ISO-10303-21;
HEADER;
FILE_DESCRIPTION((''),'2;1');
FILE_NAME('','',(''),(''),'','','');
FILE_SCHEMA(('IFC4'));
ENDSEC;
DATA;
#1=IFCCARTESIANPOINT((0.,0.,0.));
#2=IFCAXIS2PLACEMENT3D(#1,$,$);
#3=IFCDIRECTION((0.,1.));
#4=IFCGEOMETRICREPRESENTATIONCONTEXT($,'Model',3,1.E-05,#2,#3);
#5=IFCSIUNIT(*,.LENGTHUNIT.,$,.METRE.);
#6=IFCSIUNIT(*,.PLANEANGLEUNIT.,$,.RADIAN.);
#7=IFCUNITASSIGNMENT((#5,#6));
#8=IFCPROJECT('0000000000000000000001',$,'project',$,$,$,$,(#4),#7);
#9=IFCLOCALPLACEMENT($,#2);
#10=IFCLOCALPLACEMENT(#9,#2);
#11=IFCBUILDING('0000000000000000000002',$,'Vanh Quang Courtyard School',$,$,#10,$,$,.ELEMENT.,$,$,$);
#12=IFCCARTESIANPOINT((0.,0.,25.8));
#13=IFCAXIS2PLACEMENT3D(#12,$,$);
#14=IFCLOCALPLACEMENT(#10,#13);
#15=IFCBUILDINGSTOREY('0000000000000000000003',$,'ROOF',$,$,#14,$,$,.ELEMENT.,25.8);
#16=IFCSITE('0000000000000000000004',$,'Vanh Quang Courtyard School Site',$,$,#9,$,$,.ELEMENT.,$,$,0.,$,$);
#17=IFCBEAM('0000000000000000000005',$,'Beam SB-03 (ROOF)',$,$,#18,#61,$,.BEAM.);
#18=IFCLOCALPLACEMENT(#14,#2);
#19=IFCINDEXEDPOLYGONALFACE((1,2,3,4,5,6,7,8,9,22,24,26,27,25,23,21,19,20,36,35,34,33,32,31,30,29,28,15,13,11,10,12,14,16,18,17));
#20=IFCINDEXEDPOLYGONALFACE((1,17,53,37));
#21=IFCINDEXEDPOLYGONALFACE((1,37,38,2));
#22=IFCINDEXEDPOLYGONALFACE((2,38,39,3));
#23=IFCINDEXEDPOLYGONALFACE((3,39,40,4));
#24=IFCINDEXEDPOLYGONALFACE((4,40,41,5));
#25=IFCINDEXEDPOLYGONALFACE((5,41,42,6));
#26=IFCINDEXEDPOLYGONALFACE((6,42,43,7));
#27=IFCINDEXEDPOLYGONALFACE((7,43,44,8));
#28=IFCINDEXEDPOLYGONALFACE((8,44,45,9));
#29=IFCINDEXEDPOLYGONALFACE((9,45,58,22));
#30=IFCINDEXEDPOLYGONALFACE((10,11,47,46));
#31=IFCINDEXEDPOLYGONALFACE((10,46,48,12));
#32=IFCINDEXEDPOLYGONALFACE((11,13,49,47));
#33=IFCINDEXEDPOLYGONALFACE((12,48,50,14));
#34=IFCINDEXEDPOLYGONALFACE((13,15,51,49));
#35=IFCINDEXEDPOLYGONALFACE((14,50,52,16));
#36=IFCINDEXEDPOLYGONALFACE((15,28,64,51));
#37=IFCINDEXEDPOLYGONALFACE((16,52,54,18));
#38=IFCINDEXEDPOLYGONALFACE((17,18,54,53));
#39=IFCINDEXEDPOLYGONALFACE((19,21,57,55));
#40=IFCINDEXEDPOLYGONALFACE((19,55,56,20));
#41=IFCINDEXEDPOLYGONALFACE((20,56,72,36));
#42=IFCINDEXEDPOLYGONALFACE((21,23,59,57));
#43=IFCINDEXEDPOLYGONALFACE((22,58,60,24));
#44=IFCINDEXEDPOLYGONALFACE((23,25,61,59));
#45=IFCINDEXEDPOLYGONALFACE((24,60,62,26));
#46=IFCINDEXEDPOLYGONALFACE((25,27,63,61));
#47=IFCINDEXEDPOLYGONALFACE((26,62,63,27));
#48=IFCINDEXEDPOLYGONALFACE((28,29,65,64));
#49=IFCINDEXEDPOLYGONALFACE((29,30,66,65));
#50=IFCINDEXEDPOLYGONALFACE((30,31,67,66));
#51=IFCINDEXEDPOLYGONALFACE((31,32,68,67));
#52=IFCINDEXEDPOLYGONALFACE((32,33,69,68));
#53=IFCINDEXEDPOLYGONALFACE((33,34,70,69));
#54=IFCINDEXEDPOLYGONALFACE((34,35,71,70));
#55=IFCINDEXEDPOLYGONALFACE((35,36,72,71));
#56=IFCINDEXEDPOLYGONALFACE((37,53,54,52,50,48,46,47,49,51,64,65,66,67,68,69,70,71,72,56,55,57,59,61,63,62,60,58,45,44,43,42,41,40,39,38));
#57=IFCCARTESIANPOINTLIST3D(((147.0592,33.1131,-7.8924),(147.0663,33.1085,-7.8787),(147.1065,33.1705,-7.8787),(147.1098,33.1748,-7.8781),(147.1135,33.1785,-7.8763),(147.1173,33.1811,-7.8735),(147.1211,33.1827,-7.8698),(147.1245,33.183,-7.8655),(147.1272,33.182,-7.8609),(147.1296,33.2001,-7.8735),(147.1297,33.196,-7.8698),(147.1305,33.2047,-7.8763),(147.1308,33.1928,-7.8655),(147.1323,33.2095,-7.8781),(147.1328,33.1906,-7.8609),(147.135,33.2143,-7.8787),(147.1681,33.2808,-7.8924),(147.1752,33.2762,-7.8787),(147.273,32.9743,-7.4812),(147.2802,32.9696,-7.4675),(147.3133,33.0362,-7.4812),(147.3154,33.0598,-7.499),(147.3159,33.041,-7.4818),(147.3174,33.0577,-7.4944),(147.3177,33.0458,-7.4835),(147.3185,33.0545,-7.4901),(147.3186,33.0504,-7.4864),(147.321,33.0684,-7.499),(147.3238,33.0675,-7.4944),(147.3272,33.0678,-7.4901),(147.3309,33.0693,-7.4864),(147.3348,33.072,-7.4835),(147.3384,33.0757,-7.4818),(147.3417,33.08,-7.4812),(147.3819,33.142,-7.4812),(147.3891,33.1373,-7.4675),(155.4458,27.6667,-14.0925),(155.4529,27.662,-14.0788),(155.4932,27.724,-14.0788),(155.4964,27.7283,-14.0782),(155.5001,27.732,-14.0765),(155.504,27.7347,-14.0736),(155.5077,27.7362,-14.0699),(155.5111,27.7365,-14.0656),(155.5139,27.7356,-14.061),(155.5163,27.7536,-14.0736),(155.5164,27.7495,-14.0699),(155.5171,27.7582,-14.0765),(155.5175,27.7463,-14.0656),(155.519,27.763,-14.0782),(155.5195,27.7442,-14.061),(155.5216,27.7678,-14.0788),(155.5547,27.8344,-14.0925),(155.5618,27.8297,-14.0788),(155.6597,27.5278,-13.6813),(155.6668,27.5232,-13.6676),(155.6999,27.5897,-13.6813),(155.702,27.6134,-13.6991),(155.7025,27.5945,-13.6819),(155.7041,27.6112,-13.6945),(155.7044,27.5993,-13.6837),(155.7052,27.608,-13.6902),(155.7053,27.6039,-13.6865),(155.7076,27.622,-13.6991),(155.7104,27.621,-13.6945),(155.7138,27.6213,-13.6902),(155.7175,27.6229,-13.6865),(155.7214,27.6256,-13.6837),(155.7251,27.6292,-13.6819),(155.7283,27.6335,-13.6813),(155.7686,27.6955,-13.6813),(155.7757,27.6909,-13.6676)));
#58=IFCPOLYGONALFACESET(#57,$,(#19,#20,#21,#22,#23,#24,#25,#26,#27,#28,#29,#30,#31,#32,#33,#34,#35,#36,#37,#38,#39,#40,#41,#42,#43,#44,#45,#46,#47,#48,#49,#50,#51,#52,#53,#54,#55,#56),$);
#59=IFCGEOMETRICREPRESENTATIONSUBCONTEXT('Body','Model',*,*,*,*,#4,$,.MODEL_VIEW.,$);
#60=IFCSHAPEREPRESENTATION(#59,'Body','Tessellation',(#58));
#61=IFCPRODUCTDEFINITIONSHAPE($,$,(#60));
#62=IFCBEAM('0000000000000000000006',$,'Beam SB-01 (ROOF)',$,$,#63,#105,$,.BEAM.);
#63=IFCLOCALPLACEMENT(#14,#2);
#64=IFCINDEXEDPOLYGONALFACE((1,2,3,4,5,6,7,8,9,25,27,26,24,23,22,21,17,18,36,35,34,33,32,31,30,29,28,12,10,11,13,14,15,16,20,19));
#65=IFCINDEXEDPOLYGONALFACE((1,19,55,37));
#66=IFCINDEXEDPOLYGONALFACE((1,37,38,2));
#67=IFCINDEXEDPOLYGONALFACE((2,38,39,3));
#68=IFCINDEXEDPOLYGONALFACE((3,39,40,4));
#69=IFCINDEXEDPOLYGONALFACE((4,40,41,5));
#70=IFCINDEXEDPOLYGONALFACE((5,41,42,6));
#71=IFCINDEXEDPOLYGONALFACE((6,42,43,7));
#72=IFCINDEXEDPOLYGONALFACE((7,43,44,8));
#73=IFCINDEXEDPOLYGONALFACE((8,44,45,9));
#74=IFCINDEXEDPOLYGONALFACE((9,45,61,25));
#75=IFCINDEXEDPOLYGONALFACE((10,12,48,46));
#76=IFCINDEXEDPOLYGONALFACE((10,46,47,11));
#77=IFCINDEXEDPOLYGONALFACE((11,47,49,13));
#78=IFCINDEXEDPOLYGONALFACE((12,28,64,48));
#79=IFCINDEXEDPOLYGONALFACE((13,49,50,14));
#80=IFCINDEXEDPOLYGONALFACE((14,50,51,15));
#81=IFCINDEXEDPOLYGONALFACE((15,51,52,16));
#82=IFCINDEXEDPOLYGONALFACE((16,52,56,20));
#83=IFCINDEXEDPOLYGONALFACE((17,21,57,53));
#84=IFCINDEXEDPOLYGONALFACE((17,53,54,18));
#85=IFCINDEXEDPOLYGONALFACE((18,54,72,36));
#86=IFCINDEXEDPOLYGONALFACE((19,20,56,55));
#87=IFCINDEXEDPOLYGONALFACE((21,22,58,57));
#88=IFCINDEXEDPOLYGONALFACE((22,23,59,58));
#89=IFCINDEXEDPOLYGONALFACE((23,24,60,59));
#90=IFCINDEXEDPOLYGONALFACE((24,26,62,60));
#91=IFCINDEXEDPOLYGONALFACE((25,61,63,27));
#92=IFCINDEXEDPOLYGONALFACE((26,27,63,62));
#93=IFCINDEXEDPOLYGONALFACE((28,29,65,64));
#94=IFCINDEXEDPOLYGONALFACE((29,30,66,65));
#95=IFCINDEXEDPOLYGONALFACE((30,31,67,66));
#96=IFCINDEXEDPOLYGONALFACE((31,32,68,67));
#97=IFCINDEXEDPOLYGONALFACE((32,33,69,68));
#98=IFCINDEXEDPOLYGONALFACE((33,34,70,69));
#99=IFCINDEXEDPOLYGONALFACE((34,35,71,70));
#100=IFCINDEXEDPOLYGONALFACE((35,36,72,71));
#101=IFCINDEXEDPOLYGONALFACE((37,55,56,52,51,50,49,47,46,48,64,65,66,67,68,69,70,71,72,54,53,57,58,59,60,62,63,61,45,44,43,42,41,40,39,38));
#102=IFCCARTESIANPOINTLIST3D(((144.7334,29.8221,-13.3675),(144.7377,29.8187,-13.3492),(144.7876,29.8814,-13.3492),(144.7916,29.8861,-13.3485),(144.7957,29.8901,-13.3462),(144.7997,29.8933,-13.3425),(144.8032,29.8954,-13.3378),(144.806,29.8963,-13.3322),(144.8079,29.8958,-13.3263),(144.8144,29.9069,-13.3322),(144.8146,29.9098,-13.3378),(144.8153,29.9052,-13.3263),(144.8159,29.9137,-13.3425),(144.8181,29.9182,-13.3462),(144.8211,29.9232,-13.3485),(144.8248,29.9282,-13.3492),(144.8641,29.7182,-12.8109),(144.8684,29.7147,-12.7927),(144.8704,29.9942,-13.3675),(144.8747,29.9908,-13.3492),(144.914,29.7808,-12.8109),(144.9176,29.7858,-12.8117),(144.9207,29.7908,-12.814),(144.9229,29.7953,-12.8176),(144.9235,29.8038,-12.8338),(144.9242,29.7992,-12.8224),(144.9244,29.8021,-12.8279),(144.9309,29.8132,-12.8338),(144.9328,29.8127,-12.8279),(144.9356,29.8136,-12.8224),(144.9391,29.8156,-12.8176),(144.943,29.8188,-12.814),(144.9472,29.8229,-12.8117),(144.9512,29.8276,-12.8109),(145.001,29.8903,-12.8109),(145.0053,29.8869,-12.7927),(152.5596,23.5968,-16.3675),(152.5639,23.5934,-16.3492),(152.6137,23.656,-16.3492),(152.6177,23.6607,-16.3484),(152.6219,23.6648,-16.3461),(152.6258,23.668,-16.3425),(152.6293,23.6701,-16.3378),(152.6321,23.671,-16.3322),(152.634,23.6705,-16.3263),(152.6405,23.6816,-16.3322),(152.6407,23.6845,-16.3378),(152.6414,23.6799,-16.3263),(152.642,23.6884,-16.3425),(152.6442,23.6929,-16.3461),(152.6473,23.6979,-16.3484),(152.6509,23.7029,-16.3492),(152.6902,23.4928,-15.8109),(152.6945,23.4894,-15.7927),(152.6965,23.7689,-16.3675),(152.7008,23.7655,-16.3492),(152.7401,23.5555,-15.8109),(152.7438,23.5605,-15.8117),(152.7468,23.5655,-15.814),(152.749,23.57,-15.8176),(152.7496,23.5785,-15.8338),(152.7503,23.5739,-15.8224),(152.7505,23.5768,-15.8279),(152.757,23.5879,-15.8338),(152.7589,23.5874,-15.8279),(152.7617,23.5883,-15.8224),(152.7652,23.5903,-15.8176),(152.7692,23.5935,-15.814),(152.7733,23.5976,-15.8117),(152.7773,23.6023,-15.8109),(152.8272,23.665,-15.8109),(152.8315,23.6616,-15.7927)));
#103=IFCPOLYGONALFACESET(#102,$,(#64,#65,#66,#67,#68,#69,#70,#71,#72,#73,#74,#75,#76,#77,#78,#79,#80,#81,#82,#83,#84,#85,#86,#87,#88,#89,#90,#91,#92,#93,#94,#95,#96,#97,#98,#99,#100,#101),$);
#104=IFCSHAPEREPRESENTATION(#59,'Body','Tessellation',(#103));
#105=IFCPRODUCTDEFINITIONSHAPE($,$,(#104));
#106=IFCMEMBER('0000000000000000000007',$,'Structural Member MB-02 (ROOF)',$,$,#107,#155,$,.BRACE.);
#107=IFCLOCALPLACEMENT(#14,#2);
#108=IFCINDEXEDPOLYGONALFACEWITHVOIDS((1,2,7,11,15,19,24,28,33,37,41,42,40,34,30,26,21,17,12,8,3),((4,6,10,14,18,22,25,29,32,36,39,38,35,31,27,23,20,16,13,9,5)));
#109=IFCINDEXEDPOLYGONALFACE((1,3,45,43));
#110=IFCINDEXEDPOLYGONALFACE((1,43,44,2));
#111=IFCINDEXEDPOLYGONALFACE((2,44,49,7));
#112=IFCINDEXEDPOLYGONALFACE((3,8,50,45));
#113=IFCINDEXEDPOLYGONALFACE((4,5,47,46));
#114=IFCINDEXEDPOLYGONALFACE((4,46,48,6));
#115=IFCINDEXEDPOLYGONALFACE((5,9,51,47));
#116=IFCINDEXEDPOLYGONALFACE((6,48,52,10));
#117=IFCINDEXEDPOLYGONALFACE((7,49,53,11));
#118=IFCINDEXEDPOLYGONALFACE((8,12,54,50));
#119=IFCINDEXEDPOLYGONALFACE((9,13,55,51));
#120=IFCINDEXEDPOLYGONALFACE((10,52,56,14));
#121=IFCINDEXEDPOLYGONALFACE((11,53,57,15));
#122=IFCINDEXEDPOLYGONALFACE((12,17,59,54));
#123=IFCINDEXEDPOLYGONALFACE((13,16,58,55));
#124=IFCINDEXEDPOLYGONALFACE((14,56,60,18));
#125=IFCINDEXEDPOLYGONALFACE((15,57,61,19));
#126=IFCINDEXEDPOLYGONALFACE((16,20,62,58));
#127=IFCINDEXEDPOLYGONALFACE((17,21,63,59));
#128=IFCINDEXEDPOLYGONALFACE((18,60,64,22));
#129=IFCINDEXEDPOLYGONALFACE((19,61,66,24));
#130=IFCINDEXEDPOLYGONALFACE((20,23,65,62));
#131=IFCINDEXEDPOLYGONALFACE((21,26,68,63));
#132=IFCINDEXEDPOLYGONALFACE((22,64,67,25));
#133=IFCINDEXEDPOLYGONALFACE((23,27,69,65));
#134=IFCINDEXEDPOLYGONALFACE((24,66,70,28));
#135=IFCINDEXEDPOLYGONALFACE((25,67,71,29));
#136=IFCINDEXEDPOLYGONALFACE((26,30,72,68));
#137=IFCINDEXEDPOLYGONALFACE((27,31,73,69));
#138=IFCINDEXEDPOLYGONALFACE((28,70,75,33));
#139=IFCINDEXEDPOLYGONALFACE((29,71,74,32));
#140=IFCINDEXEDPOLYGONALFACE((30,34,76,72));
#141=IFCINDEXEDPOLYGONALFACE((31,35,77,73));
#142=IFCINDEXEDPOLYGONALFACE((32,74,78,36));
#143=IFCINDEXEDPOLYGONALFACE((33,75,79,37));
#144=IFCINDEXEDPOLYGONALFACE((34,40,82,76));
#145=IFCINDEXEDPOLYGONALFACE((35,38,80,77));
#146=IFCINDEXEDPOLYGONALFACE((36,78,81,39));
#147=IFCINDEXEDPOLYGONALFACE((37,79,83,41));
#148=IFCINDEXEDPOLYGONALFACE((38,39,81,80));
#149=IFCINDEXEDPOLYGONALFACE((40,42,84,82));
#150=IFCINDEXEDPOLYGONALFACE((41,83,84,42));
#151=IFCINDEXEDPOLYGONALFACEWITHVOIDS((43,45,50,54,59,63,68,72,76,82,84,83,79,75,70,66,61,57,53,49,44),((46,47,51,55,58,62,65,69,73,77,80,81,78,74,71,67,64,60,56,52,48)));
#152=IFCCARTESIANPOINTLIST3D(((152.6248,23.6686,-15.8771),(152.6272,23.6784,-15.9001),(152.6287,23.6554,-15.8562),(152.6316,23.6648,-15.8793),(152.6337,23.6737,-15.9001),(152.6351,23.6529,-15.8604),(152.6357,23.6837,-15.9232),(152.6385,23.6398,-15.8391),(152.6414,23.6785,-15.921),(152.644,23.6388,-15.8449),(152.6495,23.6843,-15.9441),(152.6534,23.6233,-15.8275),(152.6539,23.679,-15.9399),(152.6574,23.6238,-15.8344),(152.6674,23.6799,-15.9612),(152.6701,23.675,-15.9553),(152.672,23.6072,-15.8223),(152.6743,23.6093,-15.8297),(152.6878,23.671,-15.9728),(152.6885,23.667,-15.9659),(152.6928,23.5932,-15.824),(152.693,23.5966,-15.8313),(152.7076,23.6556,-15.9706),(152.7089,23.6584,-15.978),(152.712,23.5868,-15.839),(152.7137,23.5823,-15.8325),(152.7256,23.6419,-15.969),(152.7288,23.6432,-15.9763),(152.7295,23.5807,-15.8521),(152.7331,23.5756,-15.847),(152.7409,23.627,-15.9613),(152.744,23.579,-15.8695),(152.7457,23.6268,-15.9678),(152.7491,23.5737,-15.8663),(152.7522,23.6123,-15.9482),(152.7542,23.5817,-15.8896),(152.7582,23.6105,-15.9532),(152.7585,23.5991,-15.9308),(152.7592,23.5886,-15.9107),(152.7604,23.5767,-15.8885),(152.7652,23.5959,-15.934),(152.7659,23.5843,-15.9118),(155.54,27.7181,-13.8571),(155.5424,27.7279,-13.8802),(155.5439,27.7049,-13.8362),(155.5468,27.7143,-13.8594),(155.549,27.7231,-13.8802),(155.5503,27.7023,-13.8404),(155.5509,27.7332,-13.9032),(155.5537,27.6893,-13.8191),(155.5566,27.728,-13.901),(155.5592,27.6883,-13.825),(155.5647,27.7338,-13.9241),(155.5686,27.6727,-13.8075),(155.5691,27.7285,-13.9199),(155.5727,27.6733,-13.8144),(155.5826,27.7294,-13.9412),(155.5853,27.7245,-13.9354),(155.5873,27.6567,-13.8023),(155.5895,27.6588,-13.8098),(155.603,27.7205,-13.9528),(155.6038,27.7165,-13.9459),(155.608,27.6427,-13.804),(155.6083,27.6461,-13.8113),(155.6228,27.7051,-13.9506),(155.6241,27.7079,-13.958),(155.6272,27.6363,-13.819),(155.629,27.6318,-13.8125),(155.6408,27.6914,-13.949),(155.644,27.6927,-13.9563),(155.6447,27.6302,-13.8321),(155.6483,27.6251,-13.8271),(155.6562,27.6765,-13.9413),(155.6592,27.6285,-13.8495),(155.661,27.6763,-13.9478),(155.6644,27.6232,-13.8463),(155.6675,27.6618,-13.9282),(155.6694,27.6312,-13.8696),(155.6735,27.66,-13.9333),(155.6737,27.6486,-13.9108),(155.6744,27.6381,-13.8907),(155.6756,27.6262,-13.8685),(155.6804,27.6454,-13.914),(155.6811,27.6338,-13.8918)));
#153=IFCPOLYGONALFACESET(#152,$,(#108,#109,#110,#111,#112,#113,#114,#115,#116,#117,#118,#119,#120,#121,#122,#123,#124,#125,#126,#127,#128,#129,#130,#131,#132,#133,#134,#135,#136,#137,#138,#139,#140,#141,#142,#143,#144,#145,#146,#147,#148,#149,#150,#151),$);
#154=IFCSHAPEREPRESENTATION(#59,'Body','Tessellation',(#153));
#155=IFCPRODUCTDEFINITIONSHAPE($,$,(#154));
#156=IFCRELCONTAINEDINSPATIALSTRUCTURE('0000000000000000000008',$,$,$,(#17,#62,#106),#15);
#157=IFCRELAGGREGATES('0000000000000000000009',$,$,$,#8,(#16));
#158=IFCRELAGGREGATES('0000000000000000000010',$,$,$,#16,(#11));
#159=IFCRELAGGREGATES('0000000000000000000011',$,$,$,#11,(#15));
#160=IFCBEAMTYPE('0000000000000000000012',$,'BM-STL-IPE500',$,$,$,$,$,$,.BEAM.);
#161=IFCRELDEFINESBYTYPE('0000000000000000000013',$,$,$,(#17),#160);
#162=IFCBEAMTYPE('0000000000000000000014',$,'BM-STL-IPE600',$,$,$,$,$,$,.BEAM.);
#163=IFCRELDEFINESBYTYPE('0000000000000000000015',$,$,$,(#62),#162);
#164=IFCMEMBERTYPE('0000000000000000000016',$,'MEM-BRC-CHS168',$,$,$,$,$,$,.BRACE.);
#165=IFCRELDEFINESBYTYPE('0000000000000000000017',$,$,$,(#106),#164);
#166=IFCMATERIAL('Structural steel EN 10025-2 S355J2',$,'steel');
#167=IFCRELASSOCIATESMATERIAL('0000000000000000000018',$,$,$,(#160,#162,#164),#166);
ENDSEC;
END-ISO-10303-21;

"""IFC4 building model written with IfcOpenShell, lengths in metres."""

from ifc_helpers import new_model, si_unit, direction, frame, origin, origin_2d, place, context, subcontext, project, spatial, hollow_circle, i_section, extrude, material, material_profile, profile_set, type_object, element, save


model = new_model("IFC4")

# Units and contexts
model_context = context("Model", 3, precision=1e-05, world=origin(), true_north=direction((0.0, 1.0)))
body_context = subcontext(model_context, "Body", "Model", "MODEL_VIEW")
ifc_project = project(units=[si_unit("LENGTHUNIT", "METRE"), si_unit("PLANEANGLEUNIT", "RADIAN")], contexts=[model_context])

# Site, building, storey
site_placement = place(None, origin())
site = spatial("IfcSite", under=ifc_project, at=site_placement, Name="Vanh Quang Courtyard School Site", CompositionType="ELEMENT", RefElevation=0.0)
building_placement = place(site_placement, origin())
building = spatial("IfcBuilding", under=site, at=building_placement, Name="Vanh Quang Courtyard School", CompositionType="ELEMENT")
storey_placement = place(building_placement, frame((0.0, 0.0, 25.8)))
storey = spatial("IfcBuildingStorey", under=building, at=storey_placement, Name="ROOF", CompositionType="ELEMENT", Elevation=25.8)

# Beams
ifc_material_1 = material(Name="Structural steel EN 10025-2 S355J2", Category="steel")
ifc_material_profile_1 = material_profile(ifc_material_1, i_section(OverallWidth=0.2, OverallDepth=0.5, WebThickness=0.0103, FlangeThickness=0.0161, FilletRadius=0.021, at=origin_2d()), Name="IPE 500")
ifc_profile_set_1 = profile_set([ifc_material_profile_1], Name="Structural steel EN 10025-2 S355J2")
beam_type_1 = type_object("IfcBeamType", Name="BM-STL-IPE500", PredefinedType="BEAM", material=ifc_profile_set_1)
beam_1_placement = place(storey_placement, frame((147.2241, 33.1252, -7.6799), z_axis=(0.712779, -0.462895, -0.526948), x_axis=(0.544648, 0.838664, 0.0)))
element("IfcBeam", 1, at=beam_1_placement, inside=storey, type_object=beam_type_1, Name="Beam SB-03 (ROOF)", PredefinedType="BEAM", context=body_context, shape_type="SweptSolid", body=[
    extrude(i_section(OverallWidth=0.2, OverallDepth=0.5, WebThickness=0.0103, FlangeThickness=0.0161, FilletRadius=0.021, at=origin_2d()), origin(), (0.0, 0.0, 1.0), 11.7661),
])
ifc_material_profile_2 = material_profile(ifc_material_1, i_section(OverallWidth=0.22, OverallDepth=0.6001, WebThickness=0.012, FlangeThickness=0.019, FilletRadius=0.0239, at=origin_2d()), Name="IPE 600")
ifc_profile_set_2 = profile_set([ifc_material_profile_2], Name="Structural steel EN 10025-2 S355J2")
beam_type_2 = type_object("IfcBeamType", Name="BM-STL-IPE600", PredefinedType="BEAM", material=ifc_profile_set_2)
beam_2_placement = place(storey_placement, frame((144.8694, 29.8545, -13.0801), z_axis=(0.749598, -0.596269, -0.287343), x_axis=(0.622522, 0.782602, 0.0)))
element("IfcBeam", 2, at=beam_2_placement, inside=storey, type_object=beam_type_2, Name="Beam SB-01 (ROOF)", PredefinedType="BEAM", context=body_context, shape_type="SweptSolid", body=[
    extrude(i_section(OverallWidth=0.22, OverallDepth=0.6001, WebThickness=0.012, FlangeThickness=0.019, FilletRadius=0.0239, at=origin_2d()), origin(), (0.0, 0.0, 1.0), 10.4404),
])

# Member
ifc_material_profile_3 = material_profile(ifc_material_1, hollow_circle(Radius=0.0842, WallThickness=0.0081, at=origin_2d()), Name="CHS 168.3x8")
ifc_profile_set_3 = profile_set([ifc_material_profile_3], Name="Structural steel EN 10025-2 S355J2")
member_type_1 = type_object("IfcMemberType", Name="MEM-BRC-CHS168", PredefinedType="BRACE", material=ifc_profile_set_3)
member_1_placement = place(storey_placement, frame((152.6956, 23.6292, -15.9001), z_axis=(0.541557, 0.752266, 0.375249), x_axis=(-0.811572, 0.584252, 0.0)))
element("IfcMember", 3, at=member_1_placement, inside=storey, type_object=member_type_1, Name="Structural Member MB-02 (ROOF)", PredefinedType="BRACE", context=body_context, shape_type="SweptSolid", body=[
    extrude(hollow_circle(Radius=0.0842, WallThickness=0.0081, at=origin_2d()), origin(), (0.0, 0.0, 1.0), 5.3831),
])

save(model, "model.ifc")
